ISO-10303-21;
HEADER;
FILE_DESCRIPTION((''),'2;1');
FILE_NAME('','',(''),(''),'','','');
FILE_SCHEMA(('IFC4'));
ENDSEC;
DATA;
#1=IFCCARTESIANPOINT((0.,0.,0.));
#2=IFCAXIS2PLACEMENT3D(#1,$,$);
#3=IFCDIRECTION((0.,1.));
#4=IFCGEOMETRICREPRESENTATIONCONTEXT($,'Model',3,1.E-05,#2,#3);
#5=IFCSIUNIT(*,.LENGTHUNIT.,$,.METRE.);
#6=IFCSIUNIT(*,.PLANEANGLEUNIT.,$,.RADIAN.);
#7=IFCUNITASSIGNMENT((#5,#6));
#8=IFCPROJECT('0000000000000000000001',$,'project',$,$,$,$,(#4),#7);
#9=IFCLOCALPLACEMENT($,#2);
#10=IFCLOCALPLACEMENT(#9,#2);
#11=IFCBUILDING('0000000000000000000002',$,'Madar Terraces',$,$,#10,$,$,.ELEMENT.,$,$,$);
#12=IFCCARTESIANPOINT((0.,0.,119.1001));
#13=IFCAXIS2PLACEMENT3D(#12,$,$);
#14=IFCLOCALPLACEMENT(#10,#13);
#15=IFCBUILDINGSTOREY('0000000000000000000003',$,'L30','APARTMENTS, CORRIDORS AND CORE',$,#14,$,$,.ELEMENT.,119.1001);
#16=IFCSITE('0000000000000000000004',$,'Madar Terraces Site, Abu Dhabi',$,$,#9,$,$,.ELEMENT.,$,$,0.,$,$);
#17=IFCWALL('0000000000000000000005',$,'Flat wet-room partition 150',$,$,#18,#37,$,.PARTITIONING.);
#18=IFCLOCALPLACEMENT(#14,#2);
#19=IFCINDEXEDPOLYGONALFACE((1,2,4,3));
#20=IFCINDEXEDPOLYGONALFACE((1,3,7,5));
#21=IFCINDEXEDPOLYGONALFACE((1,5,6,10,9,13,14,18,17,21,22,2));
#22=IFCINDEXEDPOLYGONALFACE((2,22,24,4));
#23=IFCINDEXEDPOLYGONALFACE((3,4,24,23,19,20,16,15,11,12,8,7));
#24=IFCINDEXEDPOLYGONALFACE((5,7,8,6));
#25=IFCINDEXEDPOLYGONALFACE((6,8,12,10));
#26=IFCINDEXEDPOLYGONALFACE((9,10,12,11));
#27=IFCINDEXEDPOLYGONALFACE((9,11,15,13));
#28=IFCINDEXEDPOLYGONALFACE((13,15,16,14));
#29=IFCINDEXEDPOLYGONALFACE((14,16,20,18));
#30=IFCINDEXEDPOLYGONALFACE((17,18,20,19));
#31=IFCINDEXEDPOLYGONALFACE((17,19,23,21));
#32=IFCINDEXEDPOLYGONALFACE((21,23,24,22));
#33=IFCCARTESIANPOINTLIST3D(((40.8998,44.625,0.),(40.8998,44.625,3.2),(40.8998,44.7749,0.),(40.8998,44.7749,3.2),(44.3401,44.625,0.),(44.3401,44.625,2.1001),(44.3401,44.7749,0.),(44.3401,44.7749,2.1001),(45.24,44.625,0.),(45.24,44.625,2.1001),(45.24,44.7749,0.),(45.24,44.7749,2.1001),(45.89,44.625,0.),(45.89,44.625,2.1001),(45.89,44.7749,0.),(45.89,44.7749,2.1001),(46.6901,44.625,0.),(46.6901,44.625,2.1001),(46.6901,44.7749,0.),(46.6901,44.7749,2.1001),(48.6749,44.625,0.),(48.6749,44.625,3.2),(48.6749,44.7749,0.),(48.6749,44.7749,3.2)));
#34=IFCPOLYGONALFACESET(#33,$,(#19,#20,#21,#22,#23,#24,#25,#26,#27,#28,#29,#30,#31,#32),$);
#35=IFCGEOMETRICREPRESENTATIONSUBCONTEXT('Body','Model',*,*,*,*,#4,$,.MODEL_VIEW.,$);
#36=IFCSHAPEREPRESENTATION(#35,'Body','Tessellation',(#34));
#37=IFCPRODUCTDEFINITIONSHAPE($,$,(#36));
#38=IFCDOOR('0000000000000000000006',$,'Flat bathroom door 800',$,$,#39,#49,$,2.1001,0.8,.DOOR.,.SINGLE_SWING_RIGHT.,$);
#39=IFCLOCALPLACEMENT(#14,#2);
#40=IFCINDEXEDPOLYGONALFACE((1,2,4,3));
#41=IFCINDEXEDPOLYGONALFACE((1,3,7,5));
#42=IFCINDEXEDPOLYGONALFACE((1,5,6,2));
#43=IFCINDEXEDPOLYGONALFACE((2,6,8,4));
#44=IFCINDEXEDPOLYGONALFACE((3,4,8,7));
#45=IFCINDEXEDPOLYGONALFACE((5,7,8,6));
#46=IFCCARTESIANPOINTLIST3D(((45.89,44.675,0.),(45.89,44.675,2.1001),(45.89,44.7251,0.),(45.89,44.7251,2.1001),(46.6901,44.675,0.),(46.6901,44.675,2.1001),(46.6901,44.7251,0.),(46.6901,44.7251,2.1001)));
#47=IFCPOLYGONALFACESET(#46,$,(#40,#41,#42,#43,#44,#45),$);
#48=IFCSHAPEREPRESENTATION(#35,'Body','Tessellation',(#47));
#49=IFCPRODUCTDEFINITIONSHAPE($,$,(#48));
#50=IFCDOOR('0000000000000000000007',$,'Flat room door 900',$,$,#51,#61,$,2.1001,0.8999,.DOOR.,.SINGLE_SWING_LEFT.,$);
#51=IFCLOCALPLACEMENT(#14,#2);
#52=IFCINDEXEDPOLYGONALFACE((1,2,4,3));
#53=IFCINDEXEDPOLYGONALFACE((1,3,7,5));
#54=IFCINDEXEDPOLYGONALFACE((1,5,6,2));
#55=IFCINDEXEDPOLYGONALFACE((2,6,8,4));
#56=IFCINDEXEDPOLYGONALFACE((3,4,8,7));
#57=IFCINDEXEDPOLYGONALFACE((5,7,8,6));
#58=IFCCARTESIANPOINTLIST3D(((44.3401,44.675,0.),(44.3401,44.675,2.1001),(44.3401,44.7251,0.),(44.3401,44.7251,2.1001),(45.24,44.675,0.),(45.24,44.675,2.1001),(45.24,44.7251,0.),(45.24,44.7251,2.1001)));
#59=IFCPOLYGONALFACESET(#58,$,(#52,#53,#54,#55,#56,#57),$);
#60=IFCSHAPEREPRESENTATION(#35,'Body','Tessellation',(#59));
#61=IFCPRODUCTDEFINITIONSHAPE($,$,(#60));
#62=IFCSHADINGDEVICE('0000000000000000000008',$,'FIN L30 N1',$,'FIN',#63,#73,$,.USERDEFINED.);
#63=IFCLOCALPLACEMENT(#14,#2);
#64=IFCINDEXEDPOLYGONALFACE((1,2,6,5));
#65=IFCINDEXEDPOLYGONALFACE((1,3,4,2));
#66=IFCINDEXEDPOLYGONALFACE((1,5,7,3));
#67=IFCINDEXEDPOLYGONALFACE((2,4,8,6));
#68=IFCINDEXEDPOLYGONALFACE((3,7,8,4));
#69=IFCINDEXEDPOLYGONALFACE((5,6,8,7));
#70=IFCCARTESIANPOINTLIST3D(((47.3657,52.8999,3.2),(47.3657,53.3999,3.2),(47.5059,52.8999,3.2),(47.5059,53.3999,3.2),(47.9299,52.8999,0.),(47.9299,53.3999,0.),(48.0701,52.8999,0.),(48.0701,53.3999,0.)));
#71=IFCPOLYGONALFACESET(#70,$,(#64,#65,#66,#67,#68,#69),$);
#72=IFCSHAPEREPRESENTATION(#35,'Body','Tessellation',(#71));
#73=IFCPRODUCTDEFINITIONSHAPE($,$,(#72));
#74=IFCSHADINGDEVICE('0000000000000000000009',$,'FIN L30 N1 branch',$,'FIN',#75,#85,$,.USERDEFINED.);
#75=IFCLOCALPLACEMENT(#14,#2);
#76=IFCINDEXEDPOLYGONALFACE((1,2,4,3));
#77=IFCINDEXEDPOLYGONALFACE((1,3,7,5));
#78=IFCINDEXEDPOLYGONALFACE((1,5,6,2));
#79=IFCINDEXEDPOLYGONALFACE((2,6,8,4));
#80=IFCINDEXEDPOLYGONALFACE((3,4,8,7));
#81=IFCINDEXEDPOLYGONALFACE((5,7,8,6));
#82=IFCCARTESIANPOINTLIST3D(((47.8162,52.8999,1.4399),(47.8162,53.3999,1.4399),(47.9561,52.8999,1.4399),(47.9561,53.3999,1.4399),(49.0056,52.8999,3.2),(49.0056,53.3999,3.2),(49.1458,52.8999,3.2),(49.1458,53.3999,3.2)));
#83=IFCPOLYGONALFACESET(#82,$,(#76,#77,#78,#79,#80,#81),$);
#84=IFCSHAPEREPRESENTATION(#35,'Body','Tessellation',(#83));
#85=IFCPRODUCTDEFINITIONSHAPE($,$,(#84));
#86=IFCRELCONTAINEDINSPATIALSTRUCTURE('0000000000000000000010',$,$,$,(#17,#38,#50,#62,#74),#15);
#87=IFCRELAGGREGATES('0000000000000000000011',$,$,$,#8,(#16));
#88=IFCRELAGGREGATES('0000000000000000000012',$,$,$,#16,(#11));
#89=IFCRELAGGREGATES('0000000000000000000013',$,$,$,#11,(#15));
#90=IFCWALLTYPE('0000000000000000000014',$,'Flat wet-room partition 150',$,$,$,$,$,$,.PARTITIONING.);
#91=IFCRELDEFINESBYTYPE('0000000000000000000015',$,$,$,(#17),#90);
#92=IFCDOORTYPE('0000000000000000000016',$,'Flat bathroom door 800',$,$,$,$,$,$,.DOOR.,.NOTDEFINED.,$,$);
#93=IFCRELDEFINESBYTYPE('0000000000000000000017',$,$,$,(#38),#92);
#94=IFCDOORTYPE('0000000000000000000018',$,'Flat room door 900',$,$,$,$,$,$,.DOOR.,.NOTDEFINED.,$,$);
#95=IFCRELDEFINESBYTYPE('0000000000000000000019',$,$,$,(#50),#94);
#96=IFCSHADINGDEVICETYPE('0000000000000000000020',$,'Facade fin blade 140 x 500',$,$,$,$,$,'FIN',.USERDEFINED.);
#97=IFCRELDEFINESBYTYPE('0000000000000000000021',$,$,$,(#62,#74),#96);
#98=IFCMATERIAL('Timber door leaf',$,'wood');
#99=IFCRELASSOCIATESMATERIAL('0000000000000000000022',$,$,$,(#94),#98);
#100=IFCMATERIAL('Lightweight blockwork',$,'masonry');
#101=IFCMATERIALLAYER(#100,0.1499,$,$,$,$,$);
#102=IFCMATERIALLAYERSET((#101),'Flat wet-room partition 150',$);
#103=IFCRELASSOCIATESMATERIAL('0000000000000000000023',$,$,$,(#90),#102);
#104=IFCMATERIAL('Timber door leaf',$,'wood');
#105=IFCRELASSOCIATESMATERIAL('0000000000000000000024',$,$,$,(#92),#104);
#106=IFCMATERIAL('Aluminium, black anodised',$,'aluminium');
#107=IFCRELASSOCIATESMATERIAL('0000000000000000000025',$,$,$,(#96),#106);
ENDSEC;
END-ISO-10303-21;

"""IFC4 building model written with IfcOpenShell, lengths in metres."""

from ifc_helpers import new_model, si_unit, direction, frame, frame_2d, origin, place, context, subcontext, project, spatial, polyline, rectangle, outline, extrude, material, layer, layer_set, type_object, element, fill, save


model = new_model("IFC4")

# Units and contexts
model_context = context("Model", 3, precision=1e-05, world=origin(), true_north=direction((0.0, 1.0)))
body_context = subcontext(model_context, "Body", "Model", "MODEL_VIEW")
ifc_project = project(units=[si_unit("LENGTHUNIT", "METRE"), si_unit("PLANEANGLEUNIT", "RADIAN")], contexts=[model_context])

# Site, building, storey
site_placement = place(None, origin())
site = spatial("IfcSite", under=ifc_project, at=site_placement, Name="Madar Terraces Site, Abu Dhabi", CompositionType="ELEMENT", RefElevation=0.0)
building_placement = place(site_placement, origin())
building = spatial("IfcBuilding", under=site, at=building_placement, Name="Madar Terraces", CompositionType="ELEMENT")
storey_placement = place(building_placement, frame((0.0, 0.0, 119.1001)))
storey = spatial("IfcBuildingStorey", under=building, at=storey_placement, Name="L30", Description="APARTMENTS, CORRIDORS AND CORE", CompositionType="ELEMENT", Elevation=119.1001)

# Wall, openings, doors
ifc_material_1 = material(Name="Timber door leaf", Category="wood")
door_type_1 = type_object("IfcDoorType", Name="Flat room door 900", OperationType="NOTDEFINED", PredefinedType="DOOR", material=ifc_material_1)
ifc_material_2 = material(Name="Lightweight blockwork", Category="masonry")
ifc_layer_1 = layer(ifc_material_2, 0.1499)
ifc_layer_set_1 = layer_set([ifc_layer_1], Name="Flat wet-room partition 150")
wall_type_1 = type_object("IfcWallType", Name="Flat wet-room partition 150", PredefinedType="PARTITIONING", material=ifc_layer_set_1)
wall_1_placement = place(storey_placement, frame((48.675, 44.7, 0.0), z_axis=(0.0, 0.0, 1.0), x_axis=(-1.0, 0.0, 0.0)))
wall_1 = element("IfcWall", 1, at=wall_1_placement, inside=storey, type_object=wall_type_1, Name="Flat wet-room partition 150", PredefinedType="PARTITIONING", context=body_context, shape_type="SweptSolid", body=[
    extrude(rectangle(XDim=7.7751, YDim=0.1499, at=frame_2d((3.8877, 0.0))), origin(), (0.0, 0.0, 1.0), 3.2),
])
opening_1_placement = place(wall_1_placement, frame((1.9851, 0.0, 0.0)))
opening_1 = element("IfcOpeningElement", 2, at=opening_1_placement, cuts=wall_1, PredefinedType="OPENING", context=body_context, shape_type="SweptSolid", body=[
    extrude(rectangle(XDim=0.8, YDim=2.1001, at=frame_2d((0.3999, 1.05))), frame((0.0, 0.085, 0.0), z_axis=(0.0, -1.0, 0.0), x_axis=(1.0, 0.0, 0.0)), (0.0, 0.0, 1.0), 0.1699),
])
opening_2_placement = place(wall_1_placement, frame((3.4351, 0.0, 0.0)))
opening_2 = element("IfcOpeningElement", 3, at=opening_2_placement, cuts=wall_1, PredefinedType="OPENING", context=body_context, shape_type="SweptSolid", body=[
    extrude(rectangle(XDim=0.8999, YDim=2.1001, at=frame_2d((0.45, 1.05))), frame((0.0, 0.085, 0.0), z_axis=(0.0, -1.0, 0.0), x_axis=(1.0, 0.0, 0.0)), (0.0, 0.0, 1.0), 0.1699),
])
ifc_material_3 = material(Name="Timber door leaf", Category="wood")
door_type_2 = type_object("IfcDoorType", Name="Flat bathroom door 800", OperationType="NOTDEFINED", PredefinedType="DOOR", material=ifc_material_3)
door_1_placement = place(opening_1_placement, origin())
door_1 = element("IfcDoor", 4, at=door_1_placement, inside=storey, type_object=door_type_2, Name="Flat bathroom door 800", OperationType="SINGLE_SWING_RIGHT", OverallHeight=2.1001, OverallWidth=0.8, PredefinedType="DOOR", context=body_context, shape_type="SweptSolid", body=[
    extrude(rectangle(XDim=0.8, YDim=2.1001, at=frame_2d((0.3999, 1.05))), frame((0.0, 0.0249, 0.0), z_axis=(0.0, -1.0, 0.0), x_axis=(1.0, 0.0, 0.0)), (0.0, 0.0, 1.0), 0.05),
])
fill(opening_1, door_1)
door_2_placement = place(opening_2_placement, origin())
door_2 = element("IfcDoor", 5, at=door_2_placement, inside=storey, type_object=door_type_1, Name="Flat room door 900", OperationType="SINGLE_SWING_LEFT", OverallHeight=2.1001, OverallWidth=0.8999, PredefinedType="DOOR", context=body_context, shape_type="SweptSolid", body=[
    extrude(rectangle(XDim=0.8999, YDim=2.1001, at=frame_2d((0.45, 1.05))), frame((0.0, 0.0249, 0.0), z_axis=(0.0, -1.0, 0.0), x_axis=(1.0, 0.0, 0.0)), (0.0, 0.0, 1.0), 0.05),
])
fill(opening_2, door_2)

# Shading devices
ifc_material_4 = material(Name="Aluminium, black anodised", Category="aluminium")
shading_device_type = type_object("IfcShadingDeviceType", Name="Facade fin blade 140 x 500", ElementType="FIN", PredefinedType="USERDEFINED", material=ifc_material_4)
shading_device_1_placement = place(storey_placement, frame((48.0701, 53.1499, 0.0), z_axis=(0.0, 0.0, 1.0), x_axis=(-1.0, 0.0, 0.0)))
element("IfcShadingDevice", 6, at=shading_device_1_placement, inside=storey, type_object=shading_device_type, Name="FIN L30 N1", ObjectType="FIN", PredefinedType="USERDEFINED", context=body_context, shape_type="SweptSolid", body=[
    extrude(outline(polyline([(0.0, 0.0), (0.1401, 0.0), (0.7043, 3.2), (0.5642, 3.2), (0.0, 0.0)])), frame((0.0, 0.25, 0.0), z_axis=(0.0, -1.0, 0.0), x_axis=(1.0, 0.0, 0.0)), (0.0, 0.0, 1.0), 0.5),
])
shading_device_2_placement = place(storey_placement, frame((47.9561, 53.1499, 1.4399), z_axis=(0.0, 0.0, 1.0), x_axis=(-1.0, 0.0, 0.0)))
element("IfcShadingDevice", 7, at=shading_device_2_placement, inside=storey, type_object=shading_device_type, Name="FIN L30 N1 branch", ObjectType="FIN", PredefinedType="USERDEFINED", context=body_context, shape_type="SweptSolid", body=[
    extrude(outline(polyline([(0.0, 0.0), (0.1399, 0.0), (-1.0496, 1.76), (-1.1897, 1.76), (0.0, 0.0)])), frame((0.0, 0.25, 0.0), z_axis=(0.0, -1.0, 0.0), x_axis=(1.0, 0.0, 0.0)), (0.0, 0.0, 1.0), 0.5),
])

save(model, "model.ifc")
